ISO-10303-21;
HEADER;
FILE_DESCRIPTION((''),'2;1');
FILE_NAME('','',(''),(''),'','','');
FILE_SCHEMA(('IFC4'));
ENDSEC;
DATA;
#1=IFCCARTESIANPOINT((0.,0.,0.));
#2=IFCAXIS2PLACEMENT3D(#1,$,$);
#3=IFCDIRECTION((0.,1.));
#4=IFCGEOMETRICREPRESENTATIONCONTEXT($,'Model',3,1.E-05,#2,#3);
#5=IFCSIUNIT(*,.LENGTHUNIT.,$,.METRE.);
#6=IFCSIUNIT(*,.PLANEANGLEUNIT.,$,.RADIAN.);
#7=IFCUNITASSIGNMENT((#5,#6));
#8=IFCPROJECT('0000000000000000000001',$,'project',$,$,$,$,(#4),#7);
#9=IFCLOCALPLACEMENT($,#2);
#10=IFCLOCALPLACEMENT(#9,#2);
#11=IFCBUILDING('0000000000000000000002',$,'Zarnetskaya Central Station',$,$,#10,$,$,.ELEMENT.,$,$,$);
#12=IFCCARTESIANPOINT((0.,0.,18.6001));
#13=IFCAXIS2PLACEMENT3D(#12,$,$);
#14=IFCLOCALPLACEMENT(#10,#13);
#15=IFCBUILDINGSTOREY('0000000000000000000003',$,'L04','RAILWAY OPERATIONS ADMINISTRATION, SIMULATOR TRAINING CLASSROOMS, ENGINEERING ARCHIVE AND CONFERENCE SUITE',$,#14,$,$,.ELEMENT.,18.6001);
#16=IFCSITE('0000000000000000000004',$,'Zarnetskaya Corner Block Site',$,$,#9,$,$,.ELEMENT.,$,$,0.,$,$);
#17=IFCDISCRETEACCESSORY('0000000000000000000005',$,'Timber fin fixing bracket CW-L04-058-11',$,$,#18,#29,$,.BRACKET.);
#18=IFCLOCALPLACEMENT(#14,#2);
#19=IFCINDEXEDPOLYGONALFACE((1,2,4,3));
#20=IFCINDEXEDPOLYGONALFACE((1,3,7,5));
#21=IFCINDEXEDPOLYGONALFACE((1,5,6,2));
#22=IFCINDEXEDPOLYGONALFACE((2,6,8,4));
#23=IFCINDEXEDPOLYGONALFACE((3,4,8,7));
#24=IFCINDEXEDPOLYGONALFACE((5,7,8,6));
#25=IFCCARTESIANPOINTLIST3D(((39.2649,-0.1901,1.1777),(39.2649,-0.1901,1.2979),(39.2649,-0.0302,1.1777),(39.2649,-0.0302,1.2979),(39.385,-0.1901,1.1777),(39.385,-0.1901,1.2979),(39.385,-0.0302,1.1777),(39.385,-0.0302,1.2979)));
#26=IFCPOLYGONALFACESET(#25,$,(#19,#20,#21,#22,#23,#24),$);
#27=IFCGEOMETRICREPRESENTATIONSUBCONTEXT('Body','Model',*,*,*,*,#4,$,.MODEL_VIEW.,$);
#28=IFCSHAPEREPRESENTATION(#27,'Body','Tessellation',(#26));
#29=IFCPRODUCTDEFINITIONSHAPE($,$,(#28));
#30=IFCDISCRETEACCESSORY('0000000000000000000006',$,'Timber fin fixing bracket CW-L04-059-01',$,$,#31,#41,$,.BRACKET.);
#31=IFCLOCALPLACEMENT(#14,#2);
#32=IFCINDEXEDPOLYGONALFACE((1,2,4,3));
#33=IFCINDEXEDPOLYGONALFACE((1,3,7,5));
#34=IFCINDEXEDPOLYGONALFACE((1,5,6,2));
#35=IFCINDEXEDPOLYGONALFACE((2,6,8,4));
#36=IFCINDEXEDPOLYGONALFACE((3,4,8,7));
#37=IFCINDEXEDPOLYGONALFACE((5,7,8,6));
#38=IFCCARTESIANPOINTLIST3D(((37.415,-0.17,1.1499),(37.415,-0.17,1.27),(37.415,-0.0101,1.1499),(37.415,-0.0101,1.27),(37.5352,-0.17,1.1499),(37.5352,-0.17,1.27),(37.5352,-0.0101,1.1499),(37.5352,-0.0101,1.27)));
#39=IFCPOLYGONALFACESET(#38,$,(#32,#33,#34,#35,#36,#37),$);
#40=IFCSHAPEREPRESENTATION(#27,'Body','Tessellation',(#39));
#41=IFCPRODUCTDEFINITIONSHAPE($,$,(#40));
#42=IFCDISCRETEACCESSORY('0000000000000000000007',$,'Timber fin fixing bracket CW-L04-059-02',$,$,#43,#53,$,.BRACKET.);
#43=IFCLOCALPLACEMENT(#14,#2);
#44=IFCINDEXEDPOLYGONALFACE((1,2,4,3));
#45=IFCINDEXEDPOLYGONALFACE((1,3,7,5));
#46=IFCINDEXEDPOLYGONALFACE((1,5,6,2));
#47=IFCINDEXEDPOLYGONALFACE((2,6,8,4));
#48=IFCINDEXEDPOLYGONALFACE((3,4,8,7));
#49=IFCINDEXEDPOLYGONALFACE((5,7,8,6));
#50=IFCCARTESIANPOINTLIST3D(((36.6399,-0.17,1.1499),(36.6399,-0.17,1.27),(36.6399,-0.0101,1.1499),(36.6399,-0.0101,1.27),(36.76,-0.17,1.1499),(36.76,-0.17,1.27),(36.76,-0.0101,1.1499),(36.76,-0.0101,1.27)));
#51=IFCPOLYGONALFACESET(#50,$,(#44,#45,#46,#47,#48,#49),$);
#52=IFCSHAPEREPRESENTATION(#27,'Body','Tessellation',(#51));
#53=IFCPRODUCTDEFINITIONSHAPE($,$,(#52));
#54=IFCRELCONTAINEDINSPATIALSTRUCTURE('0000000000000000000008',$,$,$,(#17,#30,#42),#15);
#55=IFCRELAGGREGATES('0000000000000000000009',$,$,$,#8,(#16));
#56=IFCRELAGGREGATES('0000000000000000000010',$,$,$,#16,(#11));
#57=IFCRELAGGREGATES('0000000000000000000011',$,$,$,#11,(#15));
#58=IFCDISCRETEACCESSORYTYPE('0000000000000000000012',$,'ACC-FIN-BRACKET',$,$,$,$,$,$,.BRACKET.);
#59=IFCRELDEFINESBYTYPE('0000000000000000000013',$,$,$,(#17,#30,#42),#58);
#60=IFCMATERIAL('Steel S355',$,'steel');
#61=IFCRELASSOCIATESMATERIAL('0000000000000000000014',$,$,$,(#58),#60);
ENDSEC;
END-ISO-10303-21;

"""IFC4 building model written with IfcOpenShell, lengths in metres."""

from ifc_helpers import new_model, si_unit, direction, frame, origin, origin_2d, place, context, subcontext, project, spatial, rectangle, extrude, material, type_object, element, save


model = new_model("IFC4")

# Units and contexts
model_context = context("Model", 3, precision=1e-05, world=origin(), true_north=direction((0.0, 1.0)))
body_context = subcontext(model_context, "Body", "Model", "MODEL_VIEW")
ifc_project = project(units=[si_unit("LENGTHUNIT", "METRE"), si_unit("PLANEANGLEUNIT", "RADIAN")], contexts=[model_context])

# Site, building, storey
site_placement = place(None, origin())
site = spatial("IfcSite", under=ifc_project, at=site_placement, Name="Zarnetskaya Corner Block Site", CompositionType="ELEMENT", RefElevation=0.0)
building_placement = place(site_placement, origin())
building = spatial("IfcBuilding", under=site, at=building_placement, Name="Zarnetskaya Central Station", CompositionType="ELEMENT")
storey_placement = place(building_placement, frame((0.0, 0.0, 18.6001)))
storey = spatial("IfcBuildingStorey", under=building, at=storey_placement, Name="L04", Description="RAILWAY OPERATIONS ADMINISTRATION, SIMULATOR TRAINING CLASSROOMS, ENGINEERING ARCHIVE AND CONFERENCE SUITE", CompositionType="ELEMENT", Elevation=18.6001)

# Shared definitions
ifc_material_1 = material(Name="Steel S355", Category="steel")

# Discrete accessories
discrete_accessory_type = type_object("IfcDiscreteAccessoryType", Name="ACC-FIN-BRACKET", PredefinedType="BRACKET", material=ifc_material_1)
for number, where, z_axis, x_axis, name in (
    (1, (39.325, -0.1101, 1.1777), (0.0, 0.0, 1.0), (-1.0, 0.0, 0.0), "Timber fin fixing bracket CW-L04-058-11"),
    (2, (37.4751, -0.0901, 1.1499), (0.0, 0.0, 1.0), (-1.0, 0.0, 0.0), "Timber fin fixing bracket CW-L04-059-01"),
    (3, (36.7, -0.0901, 1.1499), (0.0, 0.0, 1.0), (-1.0, 0.0, 0.0), "Timber fin fixing bracket CW-L04-059-02"),
):
    element("IfcDiscreteAccessory", number, at=place(storey_placement, frame(where, z_axis=z_axis, x_axis=x_axis)), inside=storey, type_object=discrete_accessory_type, Name=name, PredefinedType="BRACKET", context=body_context, shape_type="SweptSolid", body=[
        extrude(rectangle(XDim=0.1201, YDim=0.1599, at=origin_2d()), origin(), (0.0, 0.0, 1.0), 0.1201),
    ])

save(model, "model.ifc")
